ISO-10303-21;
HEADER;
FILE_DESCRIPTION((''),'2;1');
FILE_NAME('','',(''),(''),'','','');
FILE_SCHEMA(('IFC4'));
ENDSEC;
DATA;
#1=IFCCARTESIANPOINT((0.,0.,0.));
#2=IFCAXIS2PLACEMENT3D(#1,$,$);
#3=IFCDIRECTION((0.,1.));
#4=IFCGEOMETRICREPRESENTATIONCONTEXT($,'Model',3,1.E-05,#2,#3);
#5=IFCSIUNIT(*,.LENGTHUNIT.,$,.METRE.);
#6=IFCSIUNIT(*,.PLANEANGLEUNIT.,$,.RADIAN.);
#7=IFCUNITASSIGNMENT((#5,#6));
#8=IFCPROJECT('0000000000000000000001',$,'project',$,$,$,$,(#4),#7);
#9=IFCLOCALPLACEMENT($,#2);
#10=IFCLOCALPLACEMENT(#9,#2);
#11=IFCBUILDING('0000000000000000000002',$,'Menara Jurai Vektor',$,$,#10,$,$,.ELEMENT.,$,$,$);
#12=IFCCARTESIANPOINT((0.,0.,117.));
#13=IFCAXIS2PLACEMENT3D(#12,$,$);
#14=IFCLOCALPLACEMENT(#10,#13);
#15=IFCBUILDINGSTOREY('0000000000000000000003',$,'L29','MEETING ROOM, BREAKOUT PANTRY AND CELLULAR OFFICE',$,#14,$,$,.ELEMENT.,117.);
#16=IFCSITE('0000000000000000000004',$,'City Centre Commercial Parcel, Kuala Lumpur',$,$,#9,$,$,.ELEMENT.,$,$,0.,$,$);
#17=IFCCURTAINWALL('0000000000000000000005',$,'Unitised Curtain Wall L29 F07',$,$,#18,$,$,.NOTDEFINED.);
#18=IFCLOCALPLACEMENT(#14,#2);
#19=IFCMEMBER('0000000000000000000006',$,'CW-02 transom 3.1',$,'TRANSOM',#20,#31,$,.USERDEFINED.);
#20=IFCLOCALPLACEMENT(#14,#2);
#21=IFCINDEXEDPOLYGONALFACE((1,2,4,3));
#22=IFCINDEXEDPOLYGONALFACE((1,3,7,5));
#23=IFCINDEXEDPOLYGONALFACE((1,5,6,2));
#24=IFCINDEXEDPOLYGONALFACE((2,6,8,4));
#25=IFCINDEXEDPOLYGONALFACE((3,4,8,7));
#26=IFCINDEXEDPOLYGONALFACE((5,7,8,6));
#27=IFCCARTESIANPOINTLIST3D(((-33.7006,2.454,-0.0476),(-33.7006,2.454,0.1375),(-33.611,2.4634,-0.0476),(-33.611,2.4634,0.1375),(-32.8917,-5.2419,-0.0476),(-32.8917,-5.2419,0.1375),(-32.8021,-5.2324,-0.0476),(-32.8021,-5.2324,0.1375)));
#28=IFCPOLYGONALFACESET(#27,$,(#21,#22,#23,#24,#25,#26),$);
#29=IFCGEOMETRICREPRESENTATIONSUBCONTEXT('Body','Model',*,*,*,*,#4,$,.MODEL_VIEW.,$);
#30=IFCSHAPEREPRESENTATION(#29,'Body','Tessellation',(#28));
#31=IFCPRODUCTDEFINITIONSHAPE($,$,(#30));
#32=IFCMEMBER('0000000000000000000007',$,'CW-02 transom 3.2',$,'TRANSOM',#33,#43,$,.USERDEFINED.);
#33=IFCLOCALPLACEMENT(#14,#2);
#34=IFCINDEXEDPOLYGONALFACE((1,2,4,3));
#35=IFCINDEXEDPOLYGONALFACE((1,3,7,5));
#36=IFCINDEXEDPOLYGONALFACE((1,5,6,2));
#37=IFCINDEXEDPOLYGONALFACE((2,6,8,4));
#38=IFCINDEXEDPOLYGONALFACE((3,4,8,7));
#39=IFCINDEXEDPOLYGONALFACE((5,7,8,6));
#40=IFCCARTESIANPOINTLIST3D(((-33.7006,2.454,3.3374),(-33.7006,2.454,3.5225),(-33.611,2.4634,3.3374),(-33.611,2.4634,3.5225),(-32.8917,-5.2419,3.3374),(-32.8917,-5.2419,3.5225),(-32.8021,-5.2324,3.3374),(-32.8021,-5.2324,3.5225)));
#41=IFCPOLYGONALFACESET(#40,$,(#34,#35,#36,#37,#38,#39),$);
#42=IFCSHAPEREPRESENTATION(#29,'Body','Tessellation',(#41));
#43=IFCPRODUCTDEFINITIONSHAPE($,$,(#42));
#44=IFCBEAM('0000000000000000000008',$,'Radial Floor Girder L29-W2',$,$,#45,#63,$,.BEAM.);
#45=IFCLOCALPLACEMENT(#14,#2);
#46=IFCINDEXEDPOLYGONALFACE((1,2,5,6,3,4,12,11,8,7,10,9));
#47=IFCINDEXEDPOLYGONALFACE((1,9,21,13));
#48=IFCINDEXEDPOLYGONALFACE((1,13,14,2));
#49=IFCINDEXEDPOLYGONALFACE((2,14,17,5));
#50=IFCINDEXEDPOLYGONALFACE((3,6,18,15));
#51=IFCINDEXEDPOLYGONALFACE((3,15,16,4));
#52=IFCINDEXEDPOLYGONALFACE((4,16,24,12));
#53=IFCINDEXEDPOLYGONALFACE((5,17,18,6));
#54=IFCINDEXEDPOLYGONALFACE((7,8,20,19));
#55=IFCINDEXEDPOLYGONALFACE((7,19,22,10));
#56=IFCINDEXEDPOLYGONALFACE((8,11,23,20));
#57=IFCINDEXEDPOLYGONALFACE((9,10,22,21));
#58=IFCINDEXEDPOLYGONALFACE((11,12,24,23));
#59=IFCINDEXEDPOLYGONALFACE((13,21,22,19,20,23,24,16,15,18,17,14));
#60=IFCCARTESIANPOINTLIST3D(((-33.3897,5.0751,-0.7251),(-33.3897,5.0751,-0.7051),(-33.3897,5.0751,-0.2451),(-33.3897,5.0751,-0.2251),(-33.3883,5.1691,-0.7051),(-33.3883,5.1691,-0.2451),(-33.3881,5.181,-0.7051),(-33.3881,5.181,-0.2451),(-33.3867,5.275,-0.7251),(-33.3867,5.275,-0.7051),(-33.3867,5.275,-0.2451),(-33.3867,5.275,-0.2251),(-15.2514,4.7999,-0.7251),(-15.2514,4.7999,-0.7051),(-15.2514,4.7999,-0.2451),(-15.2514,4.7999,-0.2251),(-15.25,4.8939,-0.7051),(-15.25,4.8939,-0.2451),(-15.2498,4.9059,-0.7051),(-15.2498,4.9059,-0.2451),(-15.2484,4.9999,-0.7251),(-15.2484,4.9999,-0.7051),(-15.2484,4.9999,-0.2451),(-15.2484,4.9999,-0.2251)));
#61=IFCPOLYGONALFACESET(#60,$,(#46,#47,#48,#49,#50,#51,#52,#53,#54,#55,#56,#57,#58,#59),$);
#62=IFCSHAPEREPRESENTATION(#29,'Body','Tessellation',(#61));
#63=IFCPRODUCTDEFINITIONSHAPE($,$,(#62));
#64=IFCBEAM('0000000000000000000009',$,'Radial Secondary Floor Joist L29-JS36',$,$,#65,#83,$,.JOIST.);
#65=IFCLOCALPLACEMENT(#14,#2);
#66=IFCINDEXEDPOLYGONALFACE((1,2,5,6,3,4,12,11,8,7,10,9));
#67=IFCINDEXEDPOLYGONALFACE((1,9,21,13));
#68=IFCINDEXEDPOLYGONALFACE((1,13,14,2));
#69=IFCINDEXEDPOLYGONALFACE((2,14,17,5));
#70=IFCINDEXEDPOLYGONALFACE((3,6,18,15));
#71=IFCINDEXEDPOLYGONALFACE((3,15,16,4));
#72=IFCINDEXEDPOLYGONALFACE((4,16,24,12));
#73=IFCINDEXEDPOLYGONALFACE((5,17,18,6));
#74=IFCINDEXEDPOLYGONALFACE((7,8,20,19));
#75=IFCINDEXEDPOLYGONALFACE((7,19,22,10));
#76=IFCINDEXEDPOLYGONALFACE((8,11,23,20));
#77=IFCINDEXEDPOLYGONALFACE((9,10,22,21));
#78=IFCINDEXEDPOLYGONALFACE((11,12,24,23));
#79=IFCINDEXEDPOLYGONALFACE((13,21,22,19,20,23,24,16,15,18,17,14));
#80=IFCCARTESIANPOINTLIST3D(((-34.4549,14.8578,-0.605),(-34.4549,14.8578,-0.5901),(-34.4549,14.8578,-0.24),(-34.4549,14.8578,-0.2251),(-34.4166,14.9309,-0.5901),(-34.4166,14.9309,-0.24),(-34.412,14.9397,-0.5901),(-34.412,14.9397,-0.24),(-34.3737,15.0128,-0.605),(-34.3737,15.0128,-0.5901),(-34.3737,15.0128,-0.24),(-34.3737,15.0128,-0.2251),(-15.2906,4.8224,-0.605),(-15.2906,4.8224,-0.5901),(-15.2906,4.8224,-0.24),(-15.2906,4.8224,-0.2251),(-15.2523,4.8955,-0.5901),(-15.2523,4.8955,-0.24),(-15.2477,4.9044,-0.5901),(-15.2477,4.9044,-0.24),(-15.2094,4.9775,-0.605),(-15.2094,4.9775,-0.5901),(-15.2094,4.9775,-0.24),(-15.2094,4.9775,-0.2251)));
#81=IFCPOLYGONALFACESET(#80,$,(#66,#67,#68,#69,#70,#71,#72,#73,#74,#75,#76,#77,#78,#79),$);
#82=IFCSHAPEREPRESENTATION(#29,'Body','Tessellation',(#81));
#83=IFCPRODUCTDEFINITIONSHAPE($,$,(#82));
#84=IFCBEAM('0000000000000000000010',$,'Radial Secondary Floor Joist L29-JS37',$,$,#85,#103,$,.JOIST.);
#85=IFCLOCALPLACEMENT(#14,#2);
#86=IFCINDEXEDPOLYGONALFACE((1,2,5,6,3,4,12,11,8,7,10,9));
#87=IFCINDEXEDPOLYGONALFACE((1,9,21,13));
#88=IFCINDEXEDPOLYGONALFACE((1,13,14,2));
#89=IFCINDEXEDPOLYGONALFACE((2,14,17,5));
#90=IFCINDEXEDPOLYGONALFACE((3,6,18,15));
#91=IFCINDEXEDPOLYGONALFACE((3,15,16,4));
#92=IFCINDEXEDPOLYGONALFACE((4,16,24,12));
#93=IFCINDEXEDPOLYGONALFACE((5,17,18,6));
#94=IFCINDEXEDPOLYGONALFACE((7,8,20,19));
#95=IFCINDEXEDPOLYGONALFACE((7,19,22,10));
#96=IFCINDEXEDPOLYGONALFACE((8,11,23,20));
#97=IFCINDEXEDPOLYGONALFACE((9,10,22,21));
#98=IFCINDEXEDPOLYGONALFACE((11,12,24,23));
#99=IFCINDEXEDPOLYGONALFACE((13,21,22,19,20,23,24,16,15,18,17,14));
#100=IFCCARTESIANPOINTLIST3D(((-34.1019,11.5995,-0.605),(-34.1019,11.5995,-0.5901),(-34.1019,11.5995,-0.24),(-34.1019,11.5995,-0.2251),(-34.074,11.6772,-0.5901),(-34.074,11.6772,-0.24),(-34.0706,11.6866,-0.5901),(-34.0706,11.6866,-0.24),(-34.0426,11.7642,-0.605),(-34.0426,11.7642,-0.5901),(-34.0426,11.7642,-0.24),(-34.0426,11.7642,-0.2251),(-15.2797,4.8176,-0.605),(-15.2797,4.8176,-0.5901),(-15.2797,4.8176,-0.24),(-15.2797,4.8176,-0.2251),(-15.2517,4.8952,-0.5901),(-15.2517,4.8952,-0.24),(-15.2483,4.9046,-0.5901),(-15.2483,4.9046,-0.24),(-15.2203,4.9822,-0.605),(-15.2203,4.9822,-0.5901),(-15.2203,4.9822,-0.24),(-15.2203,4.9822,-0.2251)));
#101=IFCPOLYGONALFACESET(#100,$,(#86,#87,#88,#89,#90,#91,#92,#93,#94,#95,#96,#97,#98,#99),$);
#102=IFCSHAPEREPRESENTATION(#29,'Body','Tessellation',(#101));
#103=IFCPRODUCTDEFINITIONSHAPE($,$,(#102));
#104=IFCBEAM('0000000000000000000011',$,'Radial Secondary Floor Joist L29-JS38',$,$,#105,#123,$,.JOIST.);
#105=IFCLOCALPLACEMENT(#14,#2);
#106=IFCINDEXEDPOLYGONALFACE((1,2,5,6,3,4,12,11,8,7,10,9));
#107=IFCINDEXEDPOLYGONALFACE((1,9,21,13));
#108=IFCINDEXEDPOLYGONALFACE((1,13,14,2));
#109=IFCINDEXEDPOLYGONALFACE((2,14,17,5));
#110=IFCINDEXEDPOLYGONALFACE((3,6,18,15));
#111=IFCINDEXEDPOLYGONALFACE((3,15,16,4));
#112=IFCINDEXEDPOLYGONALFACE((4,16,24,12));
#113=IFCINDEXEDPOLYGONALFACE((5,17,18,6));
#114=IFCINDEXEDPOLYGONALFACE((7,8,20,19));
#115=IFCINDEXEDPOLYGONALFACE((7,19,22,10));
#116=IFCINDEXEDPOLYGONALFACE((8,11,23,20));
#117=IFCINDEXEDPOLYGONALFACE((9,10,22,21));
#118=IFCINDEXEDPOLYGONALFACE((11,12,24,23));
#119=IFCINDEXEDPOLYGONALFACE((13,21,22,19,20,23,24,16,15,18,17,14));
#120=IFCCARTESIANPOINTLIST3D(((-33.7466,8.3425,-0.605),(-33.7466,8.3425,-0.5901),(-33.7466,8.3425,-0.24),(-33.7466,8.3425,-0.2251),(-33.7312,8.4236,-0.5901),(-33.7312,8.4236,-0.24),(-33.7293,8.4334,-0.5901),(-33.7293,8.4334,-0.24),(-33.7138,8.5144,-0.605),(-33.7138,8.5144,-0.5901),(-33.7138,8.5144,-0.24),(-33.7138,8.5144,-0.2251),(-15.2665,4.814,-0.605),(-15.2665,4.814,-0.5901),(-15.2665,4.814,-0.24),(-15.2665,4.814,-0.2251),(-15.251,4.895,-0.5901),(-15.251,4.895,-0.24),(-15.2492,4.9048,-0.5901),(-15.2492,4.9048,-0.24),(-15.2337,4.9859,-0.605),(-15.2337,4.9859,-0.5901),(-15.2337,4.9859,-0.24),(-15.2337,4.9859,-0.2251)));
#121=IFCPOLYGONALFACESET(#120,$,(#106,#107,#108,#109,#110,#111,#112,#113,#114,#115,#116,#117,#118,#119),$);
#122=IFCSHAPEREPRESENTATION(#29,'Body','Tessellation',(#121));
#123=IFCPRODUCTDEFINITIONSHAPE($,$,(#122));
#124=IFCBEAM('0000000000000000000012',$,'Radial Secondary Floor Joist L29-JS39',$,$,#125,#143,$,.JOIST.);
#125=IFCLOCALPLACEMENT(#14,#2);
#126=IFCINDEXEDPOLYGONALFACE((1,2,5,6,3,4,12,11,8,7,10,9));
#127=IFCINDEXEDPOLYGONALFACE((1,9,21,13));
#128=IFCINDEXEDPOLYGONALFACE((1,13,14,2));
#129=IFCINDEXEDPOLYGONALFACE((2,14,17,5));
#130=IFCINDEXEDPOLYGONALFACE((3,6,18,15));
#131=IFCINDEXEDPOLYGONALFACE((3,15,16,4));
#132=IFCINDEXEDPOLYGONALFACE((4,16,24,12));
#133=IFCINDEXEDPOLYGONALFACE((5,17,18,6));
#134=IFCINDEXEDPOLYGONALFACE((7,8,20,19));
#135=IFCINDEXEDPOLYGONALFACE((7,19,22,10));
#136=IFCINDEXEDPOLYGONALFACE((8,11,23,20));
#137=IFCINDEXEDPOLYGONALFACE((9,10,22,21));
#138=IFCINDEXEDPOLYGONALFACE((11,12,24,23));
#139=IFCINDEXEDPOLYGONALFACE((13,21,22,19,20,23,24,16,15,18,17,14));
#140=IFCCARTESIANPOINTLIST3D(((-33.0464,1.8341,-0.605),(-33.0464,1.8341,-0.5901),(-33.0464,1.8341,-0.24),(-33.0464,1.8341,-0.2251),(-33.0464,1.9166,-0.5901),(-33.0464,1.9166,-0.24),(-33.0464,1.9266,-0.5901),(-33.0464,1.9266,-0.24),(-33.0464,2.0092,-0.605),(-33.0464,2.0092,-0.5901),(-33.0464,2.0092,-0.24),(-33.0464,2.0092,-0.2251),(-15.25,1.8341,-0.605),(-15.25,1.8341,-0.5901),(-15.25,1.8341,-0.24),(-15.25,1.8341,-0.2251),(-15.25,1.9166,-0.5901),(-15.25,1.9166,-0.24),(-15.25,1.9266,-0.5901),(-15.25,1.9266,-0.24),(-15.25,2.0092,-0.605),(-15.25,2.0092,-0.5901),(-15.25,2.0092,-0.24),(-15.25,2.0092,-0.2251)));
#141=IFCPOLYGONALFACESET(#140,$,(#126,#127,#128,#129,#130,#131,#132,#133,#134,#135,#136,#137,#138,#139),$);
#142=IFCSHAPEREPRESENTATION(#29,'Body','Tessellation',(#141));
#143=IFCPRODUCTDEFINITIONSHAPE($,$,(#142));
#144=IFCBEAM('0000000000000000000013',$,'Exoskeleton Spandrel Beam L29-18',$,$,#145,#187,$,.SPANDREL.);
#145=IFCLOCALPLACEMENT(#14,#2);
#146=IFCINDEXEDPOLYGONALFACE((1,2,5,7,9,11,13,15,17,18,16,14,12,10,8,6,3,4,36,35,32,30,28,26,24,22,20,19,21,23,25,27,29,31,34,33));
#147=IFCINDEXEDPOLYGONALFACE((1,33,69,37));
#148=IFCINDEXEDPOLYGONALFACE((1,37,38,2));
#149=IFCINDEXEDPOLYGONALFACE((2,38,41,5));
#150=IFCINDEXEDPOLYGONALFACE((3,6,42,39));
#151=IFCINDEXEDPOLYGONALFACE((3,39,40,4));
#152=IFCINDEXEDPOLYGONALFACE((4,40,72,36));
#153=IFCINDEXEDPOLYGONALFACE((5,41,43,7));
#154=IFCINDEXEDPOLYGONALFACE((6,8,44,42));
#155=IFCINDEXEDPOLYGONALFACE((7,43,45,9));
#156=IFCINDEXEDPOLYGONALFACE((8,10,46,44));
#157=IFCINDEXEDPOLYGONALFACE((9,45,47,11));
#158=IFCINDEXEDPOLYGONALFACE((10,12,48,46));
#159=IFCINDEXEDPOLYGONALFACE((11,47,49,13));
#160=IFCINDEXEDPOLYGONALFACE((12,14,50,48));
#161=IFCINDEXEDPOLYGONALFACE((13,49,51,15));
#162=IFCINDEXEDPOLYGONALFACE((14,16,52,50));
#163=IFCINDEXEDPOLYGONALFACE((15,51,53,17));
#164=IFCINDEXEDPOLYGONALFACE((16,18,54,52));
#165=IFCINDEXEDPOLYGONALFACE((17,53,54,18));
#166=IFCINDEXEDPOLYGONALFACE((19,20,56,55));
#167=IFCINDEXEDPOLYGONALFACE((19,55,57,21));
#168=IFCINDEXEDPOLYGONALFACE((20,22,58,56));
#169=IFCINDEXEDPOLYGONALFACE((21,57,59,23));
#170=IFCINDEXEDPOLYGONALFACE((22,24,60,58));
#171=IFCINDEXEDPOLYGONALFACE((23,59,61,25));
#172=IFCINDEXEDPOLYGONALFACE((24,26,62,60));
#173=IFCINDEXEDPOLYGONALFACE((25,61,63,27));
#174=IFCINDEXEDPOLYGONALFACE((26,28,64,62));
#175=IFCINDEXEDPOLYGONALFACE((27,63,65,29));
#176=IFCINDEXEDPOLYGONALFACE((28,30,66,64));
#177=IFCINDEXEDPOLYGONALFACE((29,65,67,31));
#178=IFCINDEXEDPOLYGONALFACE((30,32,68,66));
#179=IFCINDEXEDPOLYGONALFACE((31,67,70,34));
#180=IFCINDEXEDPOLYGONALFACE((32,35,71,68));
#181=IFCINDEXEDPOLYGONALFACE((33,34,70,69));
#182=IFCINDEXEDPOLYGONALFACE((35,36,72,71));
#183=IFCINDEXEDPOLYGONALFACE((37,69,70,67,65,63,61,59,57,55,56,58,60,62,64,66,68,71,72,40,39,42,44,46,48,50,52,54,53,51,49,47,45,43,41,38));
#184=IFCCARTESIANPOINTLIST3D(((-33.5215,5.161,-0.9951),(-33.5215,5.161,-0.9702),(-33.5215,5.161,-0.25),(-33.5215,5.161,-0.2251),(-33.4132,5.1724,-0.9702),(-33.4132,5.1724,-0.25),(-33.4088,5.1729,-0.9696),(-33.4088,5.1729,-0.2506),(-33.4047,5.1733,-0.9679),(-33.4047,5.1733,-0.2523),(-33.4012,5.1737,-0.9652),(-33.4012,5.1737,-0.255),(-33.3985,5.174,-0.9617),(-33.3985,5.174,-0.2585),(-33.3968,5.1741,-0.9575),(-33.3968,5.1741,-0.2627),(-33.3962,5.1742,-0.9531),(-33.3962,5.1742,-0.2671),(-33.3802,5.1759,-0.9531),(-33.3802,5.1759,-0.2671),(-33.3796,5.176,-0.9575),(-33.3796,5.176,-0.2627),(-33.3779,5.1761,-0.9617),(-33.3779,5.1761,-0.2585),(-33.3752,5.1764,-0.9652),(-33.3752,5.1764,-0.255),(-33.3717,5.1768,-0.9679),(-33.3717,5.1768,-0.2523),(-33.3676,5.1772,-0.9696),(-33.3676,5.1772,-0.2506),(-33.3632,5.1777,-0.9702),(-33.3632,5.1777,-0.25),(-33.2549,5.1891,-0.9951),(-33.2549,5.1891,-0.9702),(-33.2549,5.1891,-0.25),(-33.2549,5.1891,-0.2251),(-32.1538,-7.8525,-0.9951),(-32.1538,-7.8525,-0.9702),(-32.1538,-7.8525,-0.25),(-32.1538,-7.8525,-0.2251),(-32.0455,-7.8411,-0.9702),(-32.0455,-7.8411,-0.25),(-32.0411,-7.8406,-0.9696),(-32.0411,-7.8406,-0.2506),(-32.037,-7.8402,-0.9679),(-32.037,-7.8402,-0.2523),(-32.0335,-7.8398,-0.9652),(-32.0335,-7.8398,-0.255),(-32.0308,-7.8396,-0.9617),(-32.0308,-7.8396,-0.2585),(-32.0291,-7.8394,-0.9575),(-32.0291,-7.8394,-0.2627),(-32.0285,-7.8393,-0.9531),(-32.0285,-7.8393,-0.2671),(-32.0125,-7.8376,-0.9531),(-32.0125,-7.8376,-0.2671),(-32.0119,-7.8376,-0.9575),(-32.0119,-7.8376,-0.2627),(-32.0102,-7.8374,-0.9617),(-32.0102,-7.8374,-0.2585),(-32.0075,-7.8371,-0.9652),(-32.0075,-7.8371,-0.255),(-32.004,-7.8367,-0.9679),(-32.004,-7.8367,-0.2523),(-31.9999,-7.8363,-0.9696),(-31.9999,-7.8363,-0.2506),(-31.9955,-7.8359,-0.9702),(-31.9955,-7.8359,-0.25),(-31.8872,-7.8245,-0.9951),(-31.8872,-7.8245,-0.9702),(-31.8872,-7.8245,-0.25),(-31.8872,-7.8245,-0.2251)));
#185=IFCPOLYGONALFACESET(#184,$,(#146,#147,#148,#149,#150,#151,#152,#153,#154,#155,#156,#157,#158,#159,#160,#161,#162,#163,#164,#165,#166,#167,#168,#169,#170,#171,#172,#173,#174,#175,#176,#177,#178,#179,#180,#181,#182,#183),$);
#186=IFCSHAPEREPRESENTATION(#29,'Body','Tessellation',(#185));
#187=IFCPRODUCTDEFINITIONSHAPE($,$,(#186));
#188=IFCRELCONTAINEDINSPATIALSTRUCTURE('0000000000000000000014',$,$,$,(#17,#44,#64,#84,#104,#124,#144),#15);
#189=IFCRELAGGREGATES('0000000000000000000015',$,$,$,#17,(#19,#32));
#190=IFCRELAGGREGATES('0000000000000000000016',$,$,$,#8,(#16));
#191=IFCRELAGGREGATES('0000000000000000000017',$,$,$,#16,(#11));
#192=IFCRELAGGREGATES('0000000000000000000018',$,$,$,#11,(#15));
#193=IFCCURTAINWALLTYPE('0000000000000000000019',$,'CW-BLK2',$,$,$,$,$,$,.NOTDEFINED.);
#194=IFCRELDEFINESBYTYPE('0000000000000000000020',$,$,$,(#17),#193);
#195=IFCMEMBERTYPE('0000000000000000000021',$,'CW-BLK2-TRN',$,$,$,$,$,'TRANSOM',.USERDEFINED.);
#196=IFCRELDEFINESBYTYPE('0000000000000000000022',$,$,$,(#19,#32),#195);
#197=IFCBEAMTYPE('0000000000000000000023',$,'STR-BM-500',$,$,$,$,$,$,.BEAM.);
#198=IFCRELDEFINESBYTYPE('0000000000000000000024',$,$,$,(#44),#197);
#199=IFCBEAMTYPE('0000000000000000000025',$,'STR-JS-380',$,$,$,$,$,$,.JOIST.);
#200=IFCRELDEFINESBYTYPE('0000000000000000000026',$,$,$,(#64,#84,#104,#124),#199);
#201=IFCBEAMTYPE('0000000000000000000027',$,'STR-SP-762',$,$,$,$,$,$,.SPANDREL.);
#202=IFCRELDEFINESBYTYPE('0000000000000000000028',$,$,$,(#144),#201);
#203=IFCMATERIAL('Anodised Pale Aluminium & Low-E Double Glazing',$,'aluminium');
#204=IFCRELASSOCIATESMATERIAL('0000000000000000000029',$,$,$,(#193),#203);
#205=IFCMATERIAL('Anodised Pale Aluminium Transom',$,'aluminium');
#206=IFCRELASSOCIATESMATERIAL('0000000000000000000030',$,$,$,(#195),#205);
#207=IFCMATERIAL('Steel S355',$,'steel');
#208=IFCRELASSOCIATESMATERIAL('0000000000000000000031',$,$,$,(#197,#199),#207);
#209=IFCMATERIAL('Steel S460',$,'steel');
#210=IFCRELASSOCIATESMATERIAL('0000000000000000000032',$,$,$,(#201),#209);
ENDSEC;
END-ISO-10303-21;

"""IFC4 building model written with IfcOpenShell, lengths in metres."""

from ifc_helpers import new_model, si_unit, direction, frame, origin, origin_2d, place, context, subcontext, project, spatial, rectangle, i_section, extrude, material, material_profile, profile_set, type_object, element, aggregate, save


model = new_model("IFC4")

# Units and contexts
model_context = context("Model", 3, precision=1e-05, world=origin(), true_north=direction((0.0, 1.0)))
body_context = subcontext(model_context, "Body", "Model", "MODEL_VIEW")
ifc_project = project(units=[si_unit("LENGTHUNIT", "METRE"), si_unit("PLANEANGLEUNIT", "RADIAN")], contexts=[model_context])

# Site, building, storey
site_placement = place(None, origin())
site = spatial("IfcSite", under=ifc_project, at=site_placement, Name="City Centre Commercial Parcel, Kuala Lumpur", CompositionType="ELEMENT", RefElevation=0.0)
building_placement = place(site_placement, origin())
building = spatial("IfcBuilding", under=site, at=building_placement, Name="Menara Jurai Vektor", CompositionType="ELEMENT")
storey_placement = place(building_placement, frame((0.0, 0.0, 117.0)))
storey = spatial("IfcBuildingStorey", under=building, at=storey_placement, Name="L29", Description="MEETING ROOM, BREAKOUT PANTRY AND CELLULAR OFFICE", CompositionType="ELEMENT", Elevation=117.0)

# Shared definitions
ifc_material_1 = material(Name="Steel S460", Category="steel")

# Curtain wall, members
ifc_material_2 = material(Name="Anodised Pale Aluminium & Low-E Double Glazing", Category="aluminium")
curtain_wall_type = type_object("IfcCurtainWallType", Name="CW-BLK2", PredefinedType="NOTDEFINED", material=ifc_material_2)
curtain_wall_placement = place(storey_placement, origin())
curtain_wall = element("IfcCurtainWall", 1, at=curtain_wall_placement, inside=storey, type_object=curtain_wall_type, Name="Unitised Curtain Wall L29 F07", PredefinedType="NOTDEFINED")
ifc_material_3 = material(Name="Anodised Pale Aluminium Transom", Category="aluminium")
ifc_material_profile_1 = material_profile(ifc_material_3, rectangle(XDim=0.0901, YDim=0.1851, at=origin_2d()), Name="ALU TRN 90x185")
ifc_profile_set_1 = profile_set([ifc_material_profile_1], Name="Anodised Pale Aluminium Transom")
member_type_1 = type_object("IfcMemberType", Name="CW-BLK2-TRN", ElementType="TRANSOM", PredefinedType="USERDEFINED", material=ifc_profile_set_1)
member_1_placement = place(storey_placement, frame((-33.6558, 2.4587, 0.0449), z_axis=(0.104525, -0.994522, 0.0), x_axis=(0.994522, 0.104525, 0.0)))
member_1 = element("IfcMember", 2, at=member_1_placement, type_object=member_type_1, Name="CW-02 transom 3.1", ObjectType="TRANSOM", PredefinedType="USERDEFINED", context=body_context, shape_type="SweptSolid", body=[
    extrude(rectangle(XDim=0.0901, YDim=0.1851, at=origin_2d()), origin(), (0.0, 0.0, 1.0), 7.7383),
])
member_2_placement = place(storey_placement, frame((-33.6558, 2.4587, 3.4299), z_axis=(0.104525, -0.994522, 0.0), x_axis=(0.994522, 0.104525, 0.0)))
member_2 = element("IfcMember", 3, at=member_2_placement, type_object=member_type_1, Name="CW-02 transom 3.2", ObjectType="TRANSOM", PredefinedType="USERDEFINED", context=body_context, shape_type="SweptSolid", body=[
    extrude(rectangle(XDim=0.0901, YDim=0.1851, at=origin_2d()), origin(), (0.0, 0.0, 1.0), 7.7383),
])

# Beams
ifc_material_4 = material(Name="Steel S355", Category="steel")
ifc_material_profile_2 = material_profile(ifc_material_4, i_section(OverallWidth=0.2, OverallDepth=0.5, WebThickness=0.012, FlangeThickness=0.02, at=origin_2d()), Name="PG 500x200x96")
ifc_profile_set_2 = profile_set([ifc_material_profile_2], Name="Steel S355")
beam_type_1 = type_object("IfcBeamType", Name="STR-BM-500", PredefinedType="BEAM", material=ifc_profile_set_2)
beam_1_placement = place(storey_placement, frame((-33.3882, 5.175, -0.4751), z_axis=(0.999885, -0.015168, 0.0), x_axis=(0.015168, 0.999885, 0.0)))
element("IfcBeam", 4, at=beam_1_placement, inside=storey, type_object=beam_type_1, Name="Radial Floor Girder L29-W2", PredefinedType="BEAM", context=body_context, shape_type="SweptSolid", body=[
    extrude(i_section(OverallWidth=0.2, OverallDepth=0.5, WebThickness=0.012, FlangeThickness=0.02, at=origin_2d()), origin(), (0.0, 0.0, 1.0), 18.1404),
])
ifc_material_profile_3 = material_profile(ifc_material_4, i_section(OverallWidth=0.175, OverallDepth=0.3799, WebThickness=0.01, FlangeThickness=0.0149, at=origin_2d()), Name="PG 380x175x58")
ifc_profile_set_3 = profile_set([ifc_material_profile_3], Name="Steel S355")
beam_type_2 = type_object("IfcBeamType", Name="STR-JS-380", PredefinedType="JOIST", material=ifc_profile_set_3)
beam_2_placement = place(storey_placement, frame((-34.4143, 14.9353, -0.415), z_axis=(0.885889, -0.463897, 0.0), x_axis=(0.463897, 0.885889, 0.0)))
element("IfcBeam", 5, at=beam_2_placement, inside=storey, type_object=beam_type_2, Name="Radial Secondary Floor Joist L29-JS36", PredefinedType="JOIST", context=body_context, shape_type="SweptSolid", body=[
    extrude(i_section(OverallWidth=0.175, OverallDepth=0.3799, WebThickness=0.01, FlangeThickness=0.0149, at=origin_2d()), origin(), (0.0, 0.0, 1.0), 21.6328),
])
beam_3_placement = place(storey_placement, frame((-34.0723, 11.6819, -0.415), z_axis=(0.940792, -0.338983, 0.0), x_axis=(0.338983, 0.940792, 0.0)))
element("IfcBeam", 6, at=beam_3_placement, inside=storey, type_object=beam_type_2, Name="Radial Secondary Floor Joist L29-JS37", PredefinedType="JOIST", context=body_context, shape_type="SweptSolid", body=[
    extrude(i_section(OverallWidth=0.175, OverallDepth=0.3799, WebThickness=0.01, FlangeThickness=0.0149, at=origin_2d()), origin(), (0.0, 0.0, 1.0), 20.0068),
])
beam_4_placement = place(storey_placement, frame((-33.7302, 8.4285, -0.415), z_axis=(0.982255, -0.187549, 0.0), x_axis=(0.187549, 0.982255, 0.0)))
element("IfcBeam", 7, at=beam_4_placement, inside=storey, type_object=beam_type_2, Name="Radial Secondary Floor Joist L29-JS38", PredefinedType="JOIST", context=body_context, shape_type="SweptSolid", body=[
    extrude(i_section(OverallWidth=0.175, OverallDepth=0.3799, WebThickness=0.01, FlangeThickness=0.0149, at=origin_2d()), origin(), (0.0, 0.0, 1.0), 18.814),
])
beam_5_placement = place(storey_placement, frame((-33.0464, 1.9216, -0.415), z_axis=(1.0, 0.0, 0.0), x_axis=(0.0, 1.0, 0.0)))
element("IfcBeam", 8, at=beam_5_placement, inside=storey, type_object=beam_type_2, Name="Radial Secondary Floor Joist L29-JS39", PredefinedType="JOIST", context=body_context, shape_type="SweptSolid", body=[
    extrude(i_section(OverallWidth=0.175, OverallDepth=0.3799, WebThickness=0.01, FlangeThickness=0.0149, at=origin_2d()), origin(), (0.0, 0.0, 1.0), 17.7964),
])
ifc_material_profile_4 = material_profile(ifc_material_1, i_section(OverallWidth=0.2681, OverallDepth=0.77, WebThickness=0.0161, FlangeThickness=0.0249, FilletRadius=0.0171, at=origin_2d()), Name="UKB 762x267x197")
ifc_profile_set_4 = profile_set([ifc_material_profile_4], Name="Steel S460")
beam_type_3 = type_object("IfcBeamType", Name="STR-SP-762", PredefinedType="SPANDREL", material=ifc_profile_set_4)
beam_6_placement = place(storey_placement, frame((-33.3882, 5.175, -0.6101), z_axis=(0.104522, -0.994523, 0.0), x_axis=(0.994523, 0.104522, 0.0)))
element("IfcBeam", 9, at=beam_6_placement, inside=storey, type_object=beam_type_3, Name="Exoskeleton Spandrel Beam L29-18", PredefinedType="SPANDREL", context=body_context, shape_type="SweptSolid", body=[
    extrude(i_section(OverallWidth=0.2681, OverallDepth=0.77, WebThickness=0.0161, FlangeThickness=0.0249, FilletRadius=0.0171, at=origin_2d()), origin(), (0.0, 0.0, 1.0), 13.0852),
])

aggregate(curtain_wall, [member_1, member_2])

save(model, "model.ifc")
